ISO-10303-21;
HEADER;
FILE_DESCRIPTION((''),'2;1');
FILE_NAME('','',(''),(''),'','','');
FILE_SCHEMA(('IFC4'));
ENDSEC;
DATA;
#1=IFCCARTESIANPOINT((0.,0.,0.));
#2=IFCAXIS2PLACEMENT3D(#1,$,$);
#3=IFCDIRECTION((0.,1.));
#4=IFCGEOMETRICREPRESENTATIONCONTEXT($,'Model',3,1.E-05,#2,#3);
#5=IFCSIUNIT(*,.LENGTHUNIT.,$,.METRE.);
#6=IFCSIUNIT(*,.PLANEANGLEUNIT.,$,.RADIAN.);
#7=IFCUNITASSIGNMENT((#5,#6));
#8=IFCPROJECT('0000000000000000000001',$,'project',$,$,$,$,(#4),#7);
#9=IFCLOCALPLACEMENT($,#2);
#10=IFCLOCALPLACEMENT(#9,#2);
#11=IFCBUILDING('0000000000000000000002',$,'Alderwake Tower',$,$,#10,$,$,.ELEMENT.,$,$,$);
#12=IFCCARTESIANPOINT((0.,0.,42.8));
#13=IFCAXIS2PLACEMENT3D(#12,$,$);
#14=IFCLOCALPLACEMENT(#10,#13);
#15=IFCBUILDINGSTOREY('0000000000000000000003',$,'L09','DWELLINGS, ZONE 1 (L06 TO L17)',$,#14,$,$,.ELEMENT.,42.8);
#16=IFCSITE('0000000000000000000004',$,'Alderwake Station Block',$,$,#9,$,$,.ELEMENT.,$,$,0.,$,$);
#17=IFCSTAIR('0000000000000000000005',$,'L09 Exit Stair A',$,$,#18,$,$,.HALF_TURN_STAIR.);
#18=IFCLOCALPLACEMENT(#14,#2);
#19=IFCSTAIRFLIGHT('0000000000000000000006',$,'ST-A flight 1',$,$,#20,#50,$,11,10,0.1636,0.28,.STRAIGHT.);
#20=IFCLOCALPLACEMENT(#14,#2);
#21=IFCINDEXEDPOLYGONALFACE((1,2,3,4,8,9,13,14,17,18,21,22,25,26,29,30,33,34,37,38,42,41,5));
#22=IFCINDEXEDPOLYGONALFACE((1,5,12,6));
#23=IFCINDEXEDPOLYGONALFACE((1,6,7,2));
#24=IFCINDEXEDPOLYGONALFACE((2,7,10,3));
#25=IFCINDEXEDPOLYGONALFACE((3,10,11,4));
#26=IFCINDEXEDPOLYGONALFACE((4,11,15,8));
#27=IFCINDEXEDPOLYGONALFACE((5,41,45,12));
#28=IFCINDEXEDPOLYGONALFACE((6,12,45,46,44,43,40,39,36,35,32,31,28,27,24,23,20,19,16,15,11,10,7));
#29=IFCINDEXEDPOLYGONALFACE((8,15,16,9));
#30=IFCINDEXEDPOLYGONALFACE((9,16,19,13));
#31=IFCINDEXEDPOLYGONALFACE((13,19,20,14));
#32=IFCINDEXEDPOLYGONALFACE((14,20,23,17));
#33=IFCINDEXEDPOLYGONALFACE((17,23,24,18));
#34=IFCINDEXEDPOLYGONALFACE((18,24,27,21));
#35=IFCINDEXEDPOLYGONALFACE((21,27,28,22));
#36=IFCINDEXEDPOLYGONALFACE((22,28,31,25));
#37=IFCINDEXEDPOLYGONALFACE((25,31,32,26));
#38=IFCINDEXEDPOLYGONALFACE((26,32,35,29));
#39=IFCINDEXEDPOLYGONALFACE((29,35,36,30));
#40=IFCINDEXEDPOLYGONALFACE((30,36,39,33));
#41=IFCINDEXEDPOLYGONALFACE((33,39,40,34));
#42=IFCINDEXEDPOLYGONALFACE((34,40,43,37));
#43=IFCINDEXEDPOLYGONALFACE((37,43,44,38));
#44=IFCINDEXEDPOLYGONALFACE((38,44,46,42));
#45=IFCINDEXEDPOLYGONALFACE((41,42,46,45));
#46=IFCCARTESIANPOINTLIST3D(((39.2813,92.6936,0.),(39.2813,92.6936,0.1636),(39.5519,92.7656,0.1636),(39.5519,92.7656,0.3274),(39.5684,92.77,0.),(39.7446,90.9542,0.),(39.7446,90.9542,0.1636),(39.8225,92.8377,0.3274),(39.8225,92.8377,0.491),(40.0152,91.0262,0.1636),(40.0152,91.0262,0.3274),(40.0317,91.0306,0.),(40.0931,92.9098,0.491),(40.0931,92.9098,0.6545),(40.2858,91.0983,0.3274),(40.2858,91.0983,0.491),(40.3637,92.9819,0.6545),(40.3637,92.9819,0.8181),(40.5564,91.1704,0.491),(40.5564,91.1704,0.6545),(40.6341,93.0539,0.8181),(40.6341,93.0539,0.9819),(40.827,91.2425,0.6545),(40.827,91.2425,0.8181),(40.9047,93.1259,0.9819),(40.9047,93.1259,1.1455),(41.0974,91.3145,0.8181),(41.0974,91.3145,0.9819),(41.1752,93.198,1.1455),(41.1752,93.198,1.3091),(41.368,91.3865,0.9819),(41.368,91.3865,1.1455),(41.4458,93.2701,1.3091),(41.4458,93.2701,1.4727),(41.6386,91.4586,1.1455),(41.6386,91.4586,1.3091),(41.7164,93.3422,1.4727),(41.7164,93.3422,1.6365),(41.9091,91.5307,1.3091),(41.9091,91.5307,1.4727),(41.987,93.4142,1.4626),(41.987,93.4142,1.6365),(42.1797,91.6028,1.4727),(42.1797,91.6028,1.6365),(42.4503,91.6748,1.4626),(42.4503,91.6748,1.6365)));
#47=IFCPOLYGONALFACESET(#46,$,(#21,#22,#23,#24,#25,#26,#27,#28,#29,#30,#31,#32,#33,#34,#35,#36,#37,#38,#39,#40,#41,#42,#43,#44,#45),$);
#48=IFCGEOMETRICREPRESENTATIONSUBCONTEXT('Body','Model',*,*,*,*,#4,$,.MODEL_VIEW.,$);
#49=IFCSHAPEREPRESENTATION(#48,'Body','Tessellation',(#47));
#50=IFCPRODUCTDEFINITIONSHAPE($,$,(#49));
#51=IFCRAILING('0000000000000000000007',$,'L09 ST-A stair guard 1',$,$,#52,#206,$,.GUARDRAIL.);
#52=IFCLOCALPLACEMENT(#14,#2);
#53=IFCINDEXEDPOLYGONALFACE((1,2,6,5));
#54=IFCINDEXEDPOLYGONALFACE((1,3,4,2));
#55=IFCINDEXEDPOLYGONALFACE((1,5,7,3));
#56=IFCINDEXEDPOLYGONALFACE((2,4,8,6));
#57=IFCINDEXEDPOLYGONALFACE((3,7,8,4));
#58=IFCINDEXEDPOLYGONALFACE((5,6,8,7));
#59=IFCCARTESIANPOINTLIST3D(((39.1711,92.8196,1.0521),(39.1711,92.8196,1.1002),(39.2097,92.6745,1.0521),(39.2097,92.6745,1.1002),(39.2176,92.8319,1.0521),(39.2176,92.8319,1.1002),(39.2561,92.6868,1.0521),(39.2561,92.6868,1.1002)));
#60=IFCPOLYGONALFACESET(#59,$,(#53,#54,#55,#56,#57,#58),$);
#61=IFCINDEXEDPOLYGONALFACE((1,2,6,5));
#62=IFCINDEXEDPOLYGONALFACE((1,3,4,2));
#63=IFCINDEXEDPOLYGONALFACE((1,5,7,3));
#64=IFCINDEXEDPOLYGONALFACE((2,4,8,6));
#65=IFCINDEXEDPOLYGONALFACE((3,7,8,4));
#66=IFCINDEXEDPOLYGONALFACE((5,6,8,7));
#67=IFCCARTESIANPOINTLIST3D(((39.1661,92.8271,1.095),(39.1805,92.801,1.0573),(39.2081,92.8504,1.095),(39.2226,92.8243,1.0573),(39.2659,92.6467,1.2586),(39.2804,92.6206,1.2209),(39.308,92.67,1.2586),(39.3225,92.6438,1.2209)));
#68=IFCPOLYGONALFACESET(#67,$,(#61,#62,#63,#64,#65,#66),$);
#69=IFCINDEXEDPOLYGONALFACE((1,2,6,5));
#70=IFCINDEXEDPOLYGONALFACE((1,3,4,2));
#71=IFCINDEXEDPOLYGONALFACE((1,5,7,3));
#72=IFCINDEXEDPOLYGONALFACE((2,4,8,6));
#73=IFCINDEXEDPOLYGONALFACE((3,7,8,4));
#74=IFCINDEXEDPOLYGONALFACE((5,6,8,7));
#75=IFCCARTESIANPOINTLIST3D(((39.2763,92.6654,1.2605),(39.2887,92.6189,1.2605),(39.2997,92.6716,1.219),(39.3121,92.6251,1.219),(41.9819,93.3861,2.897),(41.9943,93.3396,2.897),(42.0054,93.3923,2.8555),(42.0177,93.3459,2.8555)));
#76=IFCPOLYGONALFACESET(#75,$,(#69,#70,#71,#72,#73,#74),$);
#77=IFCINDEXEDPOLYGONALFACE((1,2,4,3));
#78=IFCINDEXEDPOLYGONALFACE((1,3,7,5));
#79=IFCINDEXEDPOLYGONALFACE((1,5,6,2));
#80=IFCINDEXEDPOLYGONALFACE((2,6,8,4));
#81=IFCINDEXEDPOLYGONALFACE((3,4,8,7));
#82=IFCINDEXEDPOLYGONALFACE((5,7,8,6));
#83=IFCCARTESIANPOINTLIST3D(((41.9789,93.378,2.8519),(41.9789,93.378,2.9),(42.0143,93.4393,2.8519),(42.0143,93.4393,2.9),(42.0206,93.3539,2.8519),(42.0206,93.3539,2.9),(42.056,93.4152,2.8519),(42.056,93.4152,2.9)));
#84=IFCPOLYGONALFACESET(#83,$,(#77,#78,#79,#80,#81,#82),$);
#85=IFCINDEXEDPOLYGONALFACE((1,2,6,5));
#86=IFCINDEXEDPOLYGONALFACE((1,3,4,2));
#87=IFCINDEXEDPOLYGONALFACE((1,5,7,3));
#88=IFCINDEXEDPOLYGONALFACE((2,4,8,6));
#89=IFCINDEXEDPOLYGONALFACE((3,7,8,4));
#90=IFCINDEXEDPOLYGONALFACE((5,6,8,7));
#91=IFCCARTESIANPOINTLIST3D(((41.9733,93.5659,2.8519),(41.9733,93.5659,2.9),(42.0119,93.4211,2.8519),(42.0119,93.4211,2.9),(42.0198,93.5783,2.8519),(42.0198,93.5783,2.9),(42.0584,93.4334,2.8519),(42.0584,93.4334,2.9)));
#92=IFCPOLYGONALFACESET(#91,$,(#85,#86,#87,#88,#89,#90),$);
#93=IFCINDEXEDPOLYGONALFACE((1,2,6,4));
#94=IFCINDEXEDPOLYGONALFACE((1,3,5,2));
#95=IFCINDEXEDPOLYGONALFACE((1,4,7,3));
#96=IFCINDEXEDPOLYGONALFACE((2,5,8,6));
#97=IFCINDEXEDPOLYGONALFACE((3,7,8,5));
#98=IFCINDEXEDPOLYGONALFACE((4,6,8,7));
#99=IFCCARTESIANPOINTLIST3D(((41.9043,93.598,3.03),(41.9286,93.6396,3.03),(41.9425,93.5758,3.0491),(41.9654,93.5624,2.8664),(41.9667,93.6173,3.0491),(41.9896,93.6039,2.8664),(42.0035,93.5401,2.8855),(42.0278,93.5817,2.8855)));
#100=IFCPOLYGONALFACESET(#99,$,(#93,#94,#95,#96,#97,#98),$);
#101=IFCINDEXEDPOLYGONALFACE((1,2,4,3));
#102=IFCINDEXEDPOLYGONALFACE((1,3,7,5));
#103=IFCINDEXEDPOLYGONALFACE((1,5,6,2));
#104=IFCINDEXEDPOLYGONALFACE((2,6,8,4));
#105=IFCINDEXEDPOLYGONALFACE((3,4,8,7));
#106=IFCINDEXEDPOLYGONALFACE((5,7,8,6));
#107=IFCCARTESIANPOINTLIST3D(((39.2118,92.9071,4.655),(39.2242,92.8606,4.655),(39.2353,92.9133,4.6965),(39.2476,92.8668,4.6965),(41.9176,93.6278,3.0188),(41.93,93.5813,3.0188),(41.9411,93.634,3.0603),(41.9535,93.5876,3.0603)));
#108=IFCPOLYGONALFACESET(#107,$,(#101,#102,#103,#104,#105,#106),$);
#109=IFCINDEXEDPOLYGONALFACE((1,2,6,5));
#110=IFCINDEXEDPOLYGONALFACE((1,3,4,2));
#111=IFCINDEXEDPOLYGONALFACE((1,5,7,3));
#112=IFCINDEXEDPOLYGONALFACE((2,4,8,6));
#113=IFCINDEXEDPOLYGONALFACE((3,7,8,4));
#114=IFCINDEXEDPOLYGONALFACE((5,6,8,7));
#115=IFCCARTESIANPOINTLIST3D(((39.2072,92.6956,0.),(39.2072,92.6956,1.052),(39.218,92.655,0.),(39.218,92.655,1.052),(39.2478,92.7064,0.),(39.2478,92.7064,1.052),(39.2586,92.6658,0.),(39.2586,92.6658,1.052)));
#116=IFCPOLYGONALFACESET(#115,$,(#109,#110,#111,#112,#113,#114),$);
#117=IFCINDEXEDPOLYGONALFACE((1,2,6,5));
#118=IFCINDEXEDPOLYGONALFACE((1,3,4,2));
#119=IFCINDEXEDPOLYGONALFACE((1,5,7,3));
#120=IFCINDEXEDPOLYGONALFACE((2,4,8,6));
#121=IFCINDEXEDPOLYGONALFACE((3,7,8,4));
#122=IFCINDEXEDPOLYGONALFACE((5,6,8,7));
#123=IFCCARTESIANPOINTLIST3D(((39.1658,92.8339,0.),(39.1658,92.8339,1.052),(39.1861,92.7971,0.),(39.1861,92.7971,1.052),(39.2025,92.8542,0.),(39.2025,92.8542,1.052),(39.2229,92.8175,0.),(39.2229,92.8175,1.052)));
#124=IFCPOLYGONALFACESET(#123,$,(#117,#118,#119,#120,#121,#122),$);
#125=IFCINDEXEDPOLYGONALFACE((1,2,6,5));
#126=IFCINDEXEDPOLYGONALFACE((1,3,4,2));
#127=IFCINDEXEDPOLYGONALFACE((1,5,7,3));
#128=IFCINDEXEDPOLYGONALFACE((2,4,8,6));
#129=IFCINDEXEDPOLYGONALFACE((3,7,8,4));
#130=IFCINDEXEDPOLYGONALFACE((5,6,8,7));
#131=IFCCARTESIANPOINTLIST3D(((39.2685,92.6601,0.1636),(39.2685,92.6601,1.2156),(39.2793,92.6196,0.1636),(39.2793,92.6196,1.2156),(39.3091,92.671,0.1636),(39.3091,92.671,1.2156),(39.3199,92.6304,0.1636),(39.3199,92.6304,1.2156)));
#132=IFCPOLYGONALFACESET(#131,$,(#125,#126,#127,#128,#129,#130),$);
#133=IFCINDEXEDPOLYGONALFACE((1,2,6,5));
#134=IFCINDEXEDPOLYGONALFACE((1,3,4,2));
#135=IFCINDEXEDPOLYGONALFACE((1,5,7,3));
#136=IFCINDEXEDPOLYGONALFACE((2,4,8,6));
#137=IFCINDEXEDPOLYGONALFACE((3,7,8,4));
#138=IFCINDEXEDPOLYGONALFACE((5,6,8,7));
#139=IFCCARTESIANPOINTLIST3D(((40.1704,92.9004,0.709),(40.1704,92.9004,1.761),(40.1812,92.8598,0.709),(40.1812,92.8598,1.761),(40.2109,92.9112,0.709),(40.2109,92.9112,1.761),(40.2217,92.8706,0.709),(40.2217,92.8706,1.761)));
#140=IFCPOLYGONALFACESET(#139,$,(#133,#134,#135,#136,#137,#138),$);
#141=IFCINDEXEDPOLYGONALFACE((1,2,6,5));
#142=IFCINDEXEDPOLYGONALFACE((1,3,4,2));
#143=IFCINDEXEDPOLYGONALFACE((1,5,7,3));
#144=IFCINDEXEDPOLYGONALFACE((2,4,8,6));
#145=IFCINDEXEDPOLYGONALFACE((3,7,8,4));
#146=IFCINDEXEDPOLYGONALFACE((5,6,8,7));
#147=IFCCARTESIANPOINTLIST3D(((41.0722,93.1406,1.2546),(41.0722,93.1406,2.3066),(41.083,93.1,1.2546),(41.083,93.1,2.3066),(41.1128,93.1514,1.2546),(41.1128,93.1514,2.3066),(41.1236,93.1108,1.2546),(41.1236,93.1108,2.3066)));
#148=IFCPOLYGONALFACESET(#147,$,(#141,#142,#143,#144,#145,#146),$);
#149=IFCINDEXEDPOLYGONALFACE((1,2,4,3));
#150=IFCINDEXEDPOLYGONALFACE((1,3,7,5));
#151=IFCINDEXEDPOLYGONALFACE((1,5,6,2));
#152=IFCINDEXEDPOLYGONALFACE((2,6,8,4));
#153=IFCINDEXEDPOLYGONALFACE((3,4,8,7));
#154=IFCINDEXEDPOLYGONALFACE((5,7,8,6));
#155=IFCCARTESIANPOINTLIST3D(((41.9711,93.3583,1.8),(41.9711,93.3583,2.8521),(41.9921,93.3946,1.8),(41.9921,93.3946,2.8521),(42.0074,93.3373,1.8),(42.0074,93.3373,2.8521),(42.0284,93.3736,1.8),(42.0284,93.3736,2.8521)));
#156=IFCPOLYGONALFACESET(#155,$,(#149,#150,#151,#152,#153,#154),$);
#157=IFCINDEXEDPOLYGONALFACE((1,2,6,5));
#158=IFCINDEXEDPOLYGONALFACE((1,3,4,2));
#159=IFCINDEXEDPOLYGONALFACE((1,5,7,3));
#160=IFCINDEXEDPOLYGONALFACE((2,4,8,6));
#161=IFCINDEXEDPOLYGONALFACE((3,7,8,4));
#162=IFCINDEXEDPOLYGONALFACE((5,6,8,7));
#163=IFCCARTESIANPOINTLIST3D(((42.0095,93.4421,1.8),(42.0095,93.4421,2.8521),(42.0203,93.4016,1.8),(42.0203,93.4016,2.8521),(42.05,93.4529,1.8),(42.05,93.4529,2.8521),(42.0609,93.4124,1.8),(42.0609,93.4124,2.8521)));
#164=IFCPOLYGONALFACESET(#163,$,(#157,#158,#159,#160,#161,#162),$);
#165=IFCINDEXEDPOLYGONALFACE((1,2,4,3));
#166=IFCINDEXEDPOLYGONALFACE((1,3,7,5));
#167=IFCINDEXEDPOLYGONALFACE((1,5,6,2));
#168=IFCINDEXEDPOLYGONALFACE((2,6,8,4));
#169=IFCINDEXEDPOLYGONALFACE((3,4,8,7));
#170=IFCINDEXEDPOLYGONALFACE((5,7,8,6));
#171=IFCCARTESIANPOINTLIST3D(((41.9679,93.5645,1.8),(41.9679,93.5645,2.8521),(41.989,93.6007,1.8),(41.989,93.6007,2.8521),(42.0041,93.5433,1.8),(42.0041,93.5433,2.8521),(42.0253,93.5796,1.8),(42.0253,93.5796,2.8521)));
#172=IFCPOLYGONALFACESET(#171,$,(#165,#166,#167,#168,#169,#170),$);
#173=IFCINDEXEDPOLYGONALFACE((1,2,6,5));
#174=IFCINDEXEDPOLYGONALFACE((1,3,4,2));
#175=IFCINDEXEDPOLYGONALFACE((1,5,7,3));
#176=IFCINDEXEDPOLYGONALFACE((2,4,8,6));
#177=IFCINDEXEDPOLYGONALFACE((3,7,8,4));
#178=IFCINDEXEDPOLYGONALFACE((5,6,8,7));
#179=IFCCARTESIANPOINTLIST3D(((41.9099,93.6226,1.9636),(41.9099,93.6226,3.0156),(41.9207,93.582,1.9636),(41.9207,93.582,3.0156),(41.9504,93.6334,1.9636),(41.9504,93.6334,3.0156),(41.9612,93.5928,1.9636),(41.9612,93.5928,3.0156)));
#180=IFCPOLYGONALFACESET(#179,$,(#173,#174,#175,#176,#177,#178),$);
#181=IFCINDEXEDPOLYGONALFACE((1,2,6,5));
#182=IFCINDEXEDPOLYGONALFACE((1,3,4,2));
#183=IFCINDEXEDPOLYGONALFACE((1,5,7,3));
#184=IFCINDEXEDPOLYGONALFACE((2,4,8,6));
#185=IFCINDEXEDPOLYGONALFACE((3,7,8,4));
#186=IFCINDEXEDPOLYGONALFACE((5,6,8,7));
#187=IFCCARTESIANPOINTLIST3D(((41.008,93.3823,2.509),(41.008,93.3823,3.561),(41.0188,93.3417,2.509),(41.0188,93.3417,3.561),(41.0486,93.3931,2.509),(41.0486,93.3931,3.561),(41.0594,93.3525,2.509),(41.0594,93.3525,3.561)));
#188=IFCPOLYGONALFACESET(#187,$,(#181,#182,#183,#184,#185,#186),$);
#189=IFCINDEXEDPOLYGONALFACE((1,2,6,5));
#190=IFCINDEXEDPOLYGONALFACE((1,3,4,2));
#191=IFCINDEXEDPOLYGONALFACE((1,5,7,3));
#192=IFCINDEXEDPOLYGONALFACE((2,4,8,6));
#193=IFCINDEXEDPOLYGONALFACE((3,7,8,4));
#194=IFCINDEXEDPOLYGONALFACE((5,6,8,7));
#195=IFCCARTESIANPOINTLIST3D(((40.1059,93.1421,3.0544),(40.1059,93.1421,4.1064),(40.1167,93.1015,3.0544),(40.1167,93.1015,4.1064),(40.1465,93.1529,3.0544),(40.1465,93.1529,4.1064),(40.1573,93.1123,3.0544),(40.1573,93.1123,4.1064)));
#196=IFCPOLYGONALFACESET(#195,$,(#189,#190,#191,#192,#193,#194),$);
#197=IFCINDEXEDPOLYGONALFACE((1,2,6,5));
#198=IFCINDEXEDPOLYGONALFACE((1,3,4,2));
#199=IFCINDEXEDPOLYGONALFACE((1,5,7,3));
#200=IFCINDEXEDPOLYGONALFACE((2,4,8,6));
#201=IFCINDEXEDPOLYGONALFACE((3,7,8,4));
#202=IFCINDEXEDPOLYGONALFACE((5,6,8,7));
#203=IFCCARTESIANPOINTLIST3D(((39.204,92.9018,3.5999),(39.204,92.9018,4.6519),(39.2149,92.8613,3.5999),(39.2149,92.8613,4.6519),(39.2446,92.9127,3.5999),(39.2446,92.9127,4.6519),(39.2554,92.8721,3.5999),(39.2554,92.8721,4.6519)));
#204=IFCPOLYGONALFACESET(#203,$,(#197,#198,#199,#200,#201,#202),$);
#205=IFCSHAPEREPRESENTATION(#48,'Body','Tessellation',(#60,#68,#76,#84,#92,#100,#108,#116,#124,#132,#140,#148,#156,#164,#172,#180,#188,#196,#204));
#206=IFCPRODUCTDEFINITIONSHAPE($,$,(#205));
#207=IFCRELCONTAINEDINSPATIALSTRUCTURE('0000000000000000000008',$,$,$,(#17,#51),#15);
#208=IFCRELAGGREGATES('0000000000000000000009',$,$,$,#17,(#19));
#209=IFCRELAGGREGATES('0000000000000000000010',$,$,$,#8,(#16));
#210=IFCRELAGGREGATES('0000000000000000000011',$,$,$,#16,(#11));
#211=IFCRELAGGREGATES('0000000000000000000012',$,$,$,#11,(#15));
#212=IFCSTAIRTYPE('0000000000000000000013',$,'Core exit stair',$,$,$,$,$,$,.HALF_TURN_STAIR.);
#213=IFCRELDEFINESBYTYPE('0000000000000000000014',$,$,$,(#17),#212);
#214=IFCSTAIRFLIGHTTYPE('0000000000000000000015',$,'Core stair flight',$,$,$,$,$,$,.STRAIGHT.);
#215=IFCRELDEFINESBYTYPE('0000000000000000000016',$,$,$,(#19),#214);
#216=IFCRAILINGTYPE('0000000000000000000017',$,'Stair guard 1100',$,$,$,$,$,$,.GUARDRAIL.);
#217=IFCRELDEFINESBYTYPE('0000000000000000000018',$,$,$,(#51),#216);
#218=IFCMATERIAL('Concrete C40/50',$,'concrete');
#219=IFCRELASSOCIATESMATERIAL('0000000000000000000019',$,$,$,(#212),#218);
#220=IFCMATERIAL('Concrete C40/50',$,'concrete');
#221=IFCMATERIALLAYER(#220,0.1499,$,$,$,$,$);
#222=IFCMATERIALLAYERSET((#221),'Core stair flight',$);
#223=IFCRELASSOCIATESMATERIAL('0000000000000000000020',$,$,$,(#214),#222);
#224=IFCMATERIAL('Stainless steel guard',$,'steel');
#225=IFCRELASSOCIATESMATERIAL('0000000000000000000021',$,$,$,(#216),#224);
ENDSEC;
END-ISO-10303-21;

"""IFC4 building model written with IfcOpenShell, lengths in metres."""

from ifc_helpers import new_model, si_unit, direction, frame, origin, origin_2d, place, context, subcontext, project, spatial, polyline, rectangle, outline, extrude, material, layer, layer_set, type_object, element, aggregate, save


model = new_model("IFC4")

# Units and contexts
model_context = context("Model", 3, precision=1e-05, world=origin(), true_north=direction((0.0, 1.0)))
body_context = subcontext(model_context, "Body", "Model", "MODEL_VIEW")
ifc_project = project(units=[si_unit("LENGTHUNIT", "METRE"), si_unit("PLANEANGLEUNIT", "RADIAN")], contexts=[model_context])

# Site, building, storey
site_placement = place(None, origin())
site = spatial("IfcSite", under=ifc_project, at=site_placement, Name="Alderwake Station Block", CompositionType="ELEMENT", RefElevation=0.0)
building_placement = place(site_placement, origin())
building = spatial("IfcBuilding", under=site, at=building_placement, Name="Alderwake Tower", CompositionType="ELEMENT")
storey_placement = place(building_placement, frame((0.0, 0.0, 42.8)))
storey = spatial("IfcBuildingStorey", under=building, at=storey_placement, Name="L09", Description="DWELLINGS, ZONE 1 (L06 TO L17)", CompositionType="ELEMENT", Elevation=42.8)

# Stair, stair flight
ifc_material_1 = material(Name="Concrete C40/50", Category="concrete")
stair_type = type_object("IfcStairType", Name="Core exit stair", PredefinedType="HALF_TURN_STAIR", material=ifc_material_1)
stair_placement = place(storey_placement, origin())
stair = element("IfcStair", 1, at=stair_placement, inside=storey, type_object=stair_type, Name="L09 Exit Stair A", PredefinedType="HALF_TURN_STAIR")
ifc_material_2 = material(Name="Concrete C40/50", Category="concrete")
ifc_layer_1 = layer(ifc_material_2, 0.1499)
ifc_layer_set_1 = layer_set([ifc_layer_1], Name="Core stair flight")
stair_flight_type = type_object("IfcStairFlightType", Name="Core stair flight", PredefinedType="STRAIGHT", material=ifc_layer_set_1)
stair_flight_placement = place(storey_placement, frame((39.5129, 91.824, 0.0), z_axis=(0.0, 0.0, 1.0), x_axis=(0.96631, 0.257382, 0.0)))
stair_flight = element("IfcStairFlight", 2, at=stair_flight_placement, type_object=stair_flight_type, Name="ST-A flight 1", NumberOfRisers=11, NumberOfTreads=10, PredefinedType="STRAIGHT", RiserHeight=0.1636, TreadLength=0.28, context=body_context, shape_type="SweptSolid", body=[
    extrude(outline(polyline([(0.0, 0.0), (0.0, 0.1636), (0.28, 0.1636), (0.28, 0.3274), (0.5601, 0.3274), (0.5601, 0.491), (0.8401, 0.491), (0.8401, 0.6545), (1.1201, 0.6545), (1.1201, 0.8181), (1.3999, 0.8181), (1.3999, 0.9819), (1.6799, 0.9819), (1.6799, 1.1455), (1.96, 1.1455), (1.96, 1.3091), (2.24, 1.3091), (2.24, 1.4727), (2.52, 1.4727), (2.52, 1.6365), (2.8, 1.6365), (2.8, 1.8), (2.8, 1.4626), (0.2971, 0.0), (0.0, 0.0)])), frame((0.0, 0.8999, 0.0), z_axis=(0.0, -1.0, 0.0), x_axis=(1.0, 0.0, 0.0)), (0.0, 0.0, 1.0), 1.8),
])
aggregate(stair, [stair_flight])

# Railing
ifc_material_3 = material(Name="Stainless steel guard", Category="steel")
railing_type_1 = type_object("IfcRailingType", Name="Stair guard 1100", PredefinedType="GUARDRAIL", material=ifc_material_3)
railing_1_placement = place(storey_placement, frame((39.2329, 92.6807, 0.0)))
element("IfcRailing", 3, at=railing_1_placement, inside=storey, type_object=railing_type_1, Name="L09 ST-A stair guard 1", PredefinedType="GUARDRAIL", context=body_context, shape_type="SweptSolid", body=[
    extrude(rectangle(XDim=0.0481, YDim=0.0481, at=origin_2d()), frame((0.0, 0.0, 1.0762), z_axis=(-0.257055, 0.966397, 0.0), x_axis=(-0.966397, -0.257055, 0.0)), (0.0, 0.0, 1.0), 0.1501),
    extrude(rectangle(XDim=0.0481, YDim=0.0481, at=origin_2d()), frame((-0.0386, 0.145, 1.0762), z_axis=(0.379371, -0.685464, 0.621463), x_axis=(0.874938, 0.484235, 0.0)), (0.0, 0.0, 1.0), 0.2632),
    extrude(rectangle(XDim=0.0481, YDim=0.0481, at=origin_2d()), frame((0.0613, -0.0354, 1.2397), z_axis=(0.834259, 0.222228, 0.504605), x_axis=(-0.257402, 0.966304, 0.0)), (0.0, 0.0, 1.0), 3.2432),
    extrude(rectangle(XDim=0.0481, YDim=0.0481, at=origin_2d()), frame((2.7668, 0.6853, 2.876), z_axis=(0.50022, 0.865898, 0.0), x_axis=(-0.865898, 0.50022, 0.0)), (0.0, 0.0, 1.0), 0.0708),
    extrude(rectangle(XDim=0.0481, YDim=0.0481, at=origin_2d()), frame((2.8022, 0.7466, 2.876), z_axis=(-0.25746, 0.966289, 0.0), x_axis=(-0.966289, -0.25746, 0.0)), (0.0, 0.0, 1.0), 0.1499),
    extrude(rectangle(XDim=0.0481, YDim=0.0481, at=origin_2d()), frame((2.7637, 0.8914, 2.876), z_axis=(-0.342525, 0.200035, 0.917967), x_axis=(-0.5043, -0.863528, 0.0)), (0.0, 0.0, 1.0), 0.1782),
    extrude(rectangle(XDim=0.0481, YDim=0.0481, at=origin_2d()), frame((2.7026, 0.927, 3.0396), z_axis=(-0.834314, -0.222223, 0.504518), x_axis=(0.25738, -0.96631, 0.0)), (0.0, 0.0, 1.0), 3.2432),
    extrude(rectangle(XDim=0.042, YDim=0.042, at=origin_2d()), frame((0.0, 0.0, 0.0), z_axis=(0.0, 0.0, 1.0), x_axis=(-0.257055, 0.966397, 0.0)), (0.0, 0.0, 1.0), 1.052),
    extrude(rectangle(XDim=0.042, YDim=0.042, at=origin_2d()), frame((-0.0386, 0.145, 0.0), z_axis=(0.0, 0.0, 1.0), x_axis=(0.484235, -0.874938, 0.0)), (0.0, 0.0, 1.0), 1.052),
    extrude(rectangle(XDim=0.042, YDim=0.042, at=origin_2d()), frame((0.0613, -0.0354, 0.1636), z_axis=(0.0, 0.0, 1.0), x_axis=(0.966304, 0.257402, 0.0)), (0.0, 0.0, 1.0), 1.052),
    extrude(rectangle(XDim=0.042, YDim=0.042, at=origin_2d()), frame((0.9631, 0.2048, 0.709), z_axis=(0.0, 0.0, 1.0), x_axis=(0.966304, 0.257402, 0.0)), (0.0, 0.0, 1.0), 1.052),
    extrude(rectangle(XDim=0.042, YDim=0.042, at=origin_2d()), frame((1.865, 0.4451, 1.2546), z_axis=(0.0, 0.0, 1.0), x_axis=(0.966304, 0.257402, 0.0)), (0.0, 0.0, 1.0), 1.052),
    extrude(rectangle(XDim=0.042, YDim=0.042, at=origin_2d()), frame((2.7668, 0.6853, 1.8), z_axis=(0.0, 0.0, 1.0), x_axis=(0.50022, 0.865898, 0.0)), (0.0, 0.0, 1.0), 1.052),
    extrude(rectangle(XDim=0.042, YDim=0.042, at=origin_2d()), frame((2.8022, 0.7466, 1.8), z_axis=(0.0, 0.0, 1.0), x_axis=(-0.25746, 0.966289, 0.0)), (0.0, 0.0, 1.0), 1.052),
    extrude(rectangle(XDim=0.042, YDim=0.042, at=origin_2d()), frame((2.7637, 0.8914, 1.8), z_axis=(0.0, 0.0, 1.0), x_axis=(-0.863528, 0.5043, 0.0)), (0.0, 0.0, 1.0), 1.052),
    extrude(rectangle(XDim=0.042, YDim=0.042, at=origin_2d()), frame((2.7026, 0.927, 1.9636), z_axis=(0.0, 0.0, 1.0), x_axis=(-0.96631, -0.25738, 0.0)), (0.0, 0.0, 1.0), 1.052),
    extrude(rectangle(XDim=0.042, YDim=0.042, at=origin_2d()), frame((1.8008, 0.6868, 2.509), z_axis=(0.0, 0.0, 1.0), x_axis=(-0.96631, -0.25738, 0.0)), (0.0, 0.0, 1.0), 1.052),
    extrude(rectangle(XDim=0.042, YDim=0.042, at=origin_2d()), frame((0.8987, 0.4465, 3.0544), z_axis=(0.0, 0.0, 1.0), x_axis=(-0.96631, -0.25738, 0.0)), (0.0, 0.0, 1.0), 1.052),
    extrude(rectangle(XDim=0.042, YDim=0.042, at=origin_2d()), frame((-0.0032, 0.2063, 3.5999), z_axis=(0.0, 0.0, 1.0), x_axis=(-0.96631, -0.25738, 0.0)), (0.0, 0.0, 1.0), 1.052),
])

save(model, "model.ifc")
